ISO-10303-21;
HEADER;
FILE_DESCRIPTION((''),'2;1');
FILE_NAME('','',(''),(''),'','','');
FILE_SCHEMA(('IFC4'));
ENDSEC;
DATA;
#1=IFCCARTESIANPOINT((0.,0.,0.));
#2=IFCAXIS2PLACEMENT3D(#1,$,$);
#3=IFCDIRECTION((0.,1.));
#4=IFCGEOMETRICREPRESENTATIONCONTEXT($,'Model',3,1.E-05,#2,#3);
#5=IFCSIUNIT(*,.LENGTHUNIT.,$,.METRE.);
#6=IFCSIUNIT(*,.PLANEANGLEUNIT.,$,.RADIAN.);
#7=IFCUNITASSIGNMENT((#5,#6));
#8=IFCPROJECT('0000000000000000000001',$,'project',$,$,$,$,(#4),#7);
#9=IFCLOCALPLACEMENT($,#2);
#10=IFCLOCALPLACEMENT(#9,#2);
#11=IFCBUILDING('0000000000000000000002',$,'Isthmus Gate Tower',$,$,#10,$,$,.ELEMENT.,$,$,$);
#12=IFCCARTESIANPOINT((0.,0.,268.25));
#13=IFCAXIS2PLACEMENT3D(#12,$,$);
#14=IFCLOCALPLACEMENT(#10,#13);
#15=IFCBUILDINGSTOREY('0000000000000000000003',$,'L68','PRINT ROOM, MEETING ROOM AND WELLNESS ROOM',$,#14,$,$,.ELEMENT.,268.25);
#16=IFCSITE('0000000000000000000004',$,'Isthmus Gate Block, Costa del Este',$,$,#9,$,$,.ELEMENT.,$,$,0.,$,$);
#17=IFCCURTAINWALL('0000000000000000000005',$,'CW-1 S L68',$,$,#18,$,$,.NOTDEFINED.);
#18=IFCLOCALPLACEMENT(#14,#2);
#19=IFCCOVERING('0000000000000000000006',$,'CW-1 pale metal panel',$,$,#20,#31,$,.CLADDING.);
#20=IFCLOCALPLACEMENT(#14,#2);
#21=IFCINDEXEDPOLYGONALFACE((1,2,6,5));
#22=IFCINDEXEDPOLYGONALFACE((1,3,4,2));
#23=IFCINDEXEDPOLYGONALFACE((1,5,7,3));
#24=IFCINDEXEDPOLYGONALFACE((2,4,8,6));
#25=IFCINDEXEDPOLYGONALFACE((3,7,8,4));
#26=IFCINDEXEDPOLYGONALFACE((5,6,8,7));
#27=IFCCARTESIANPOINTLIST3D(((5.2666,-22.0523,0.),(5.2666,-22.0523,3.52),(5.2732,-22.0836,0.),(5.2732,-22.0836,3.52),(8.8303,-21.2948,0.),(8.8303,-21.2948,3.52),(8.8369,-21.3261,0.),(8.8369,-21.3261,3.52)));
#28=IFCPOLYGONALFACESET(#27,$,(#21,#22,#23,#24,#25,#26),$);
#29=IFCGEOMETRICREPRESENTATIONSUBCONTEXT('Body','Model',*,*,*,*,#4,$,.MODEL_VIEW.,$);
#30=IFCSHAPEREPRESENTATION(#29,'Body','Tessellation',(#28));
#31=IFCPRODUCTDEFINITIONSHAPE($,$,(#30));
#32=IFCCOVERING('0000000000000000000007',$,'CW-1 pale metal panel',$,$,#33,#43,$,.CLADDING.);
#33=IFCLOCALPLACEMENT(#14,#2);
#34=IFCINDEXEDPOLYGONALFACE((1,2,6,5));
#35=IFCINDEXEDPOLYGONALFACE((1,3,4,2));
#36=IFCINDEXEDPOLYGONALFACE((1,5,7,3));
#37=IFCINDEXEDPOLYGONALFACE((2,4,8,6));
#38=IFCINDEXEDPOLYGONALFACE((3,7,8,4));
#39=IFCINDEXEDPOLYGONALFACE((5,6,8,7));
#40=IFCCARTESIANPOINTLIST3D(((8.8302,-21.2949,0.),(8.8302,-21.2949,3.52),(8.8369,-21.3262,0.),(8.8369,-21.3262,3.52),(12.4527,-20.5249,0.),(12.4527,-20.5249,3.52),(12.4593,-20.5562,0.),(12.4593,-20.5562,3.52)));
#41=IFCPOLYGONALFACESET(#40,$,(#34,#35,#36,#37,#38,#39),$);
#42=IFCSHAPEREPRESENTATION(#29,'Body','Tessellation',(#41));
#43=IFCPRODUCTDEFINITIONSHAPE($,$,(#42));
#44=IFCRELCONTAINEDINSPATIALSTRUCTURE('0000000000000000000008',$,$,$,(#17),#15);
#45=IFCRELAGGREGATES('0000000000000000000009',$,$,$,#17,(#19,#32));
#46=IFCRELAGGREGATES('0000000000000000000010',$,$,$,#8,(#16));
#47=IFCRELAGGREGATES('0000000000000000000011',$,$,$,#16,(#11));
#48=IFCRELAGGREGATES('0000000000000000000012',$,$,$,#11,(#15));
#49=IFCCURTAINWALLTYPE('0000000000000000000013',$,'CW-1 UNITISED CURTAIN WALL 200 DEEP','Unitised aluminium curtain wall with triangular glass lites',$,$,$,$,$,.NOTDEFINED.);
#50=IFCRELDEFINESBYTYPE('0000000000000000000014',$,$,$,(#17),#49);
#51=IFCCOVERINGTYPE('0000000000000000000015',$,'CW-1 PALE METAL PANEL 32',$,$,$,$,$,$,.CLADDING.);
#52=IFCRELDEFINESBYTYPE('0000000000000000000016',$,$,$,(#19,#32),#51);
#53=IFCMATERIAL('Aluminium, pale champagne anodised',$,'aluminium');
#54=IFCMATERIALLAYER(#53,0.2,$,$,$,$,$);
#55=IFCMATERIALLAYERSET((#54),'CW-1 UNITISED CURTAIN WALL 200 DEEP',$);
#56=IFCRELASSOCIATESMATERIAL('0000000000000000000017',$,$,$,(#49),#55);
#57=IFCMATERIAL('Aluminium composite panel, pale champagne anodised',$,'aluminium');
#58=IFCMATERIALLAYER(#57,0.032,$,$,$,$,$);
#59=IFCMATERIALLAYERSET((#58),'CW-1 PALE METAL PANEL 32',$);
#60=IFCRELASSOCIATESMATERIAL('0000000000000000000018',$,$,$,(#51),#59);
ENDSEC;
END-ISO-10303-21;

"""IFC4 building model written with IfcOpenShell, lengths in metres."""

from ifc_helpers import new_model, si_unit, direction, frame, origin, origin_2d, place, context, subcontext, project, spatial, rectangle, extrude, material, layer, layer_set, type_object, element, aggregate, save


model = new_model("IFC4")

# Units and contexts
model_context = context("Model", 3, precision=1e-05, world=origin(), true_north=direction((0.0, 1.0)))
body_context = subcontext(model_context, "Body", "Model", "MODEL_VIEW")
ifc_project = project(units=[si_unit("LENGTHUNIT", "METRE"), si_unit("PLANEANGLEUNIT", "RADIAN")], contexts=[model_context])

# Site, building, storey
site_placement = place(None, origin())
site = spatial("IfcSite", under=ifc_project, at=site_placement, Name="Isthmus Gate Block, Costa del Este", CompositionType="ELEMENT", RefElevation=0.0)
building_placement = place(site_placement, origin())
building = spatial("IfcBuilding", under=site, at=building_placement, Name="Isthmus Gate Tower", CompositionType="ELEMENT")
storey_placement = place(building_placement, frame((0.0, 0.0, 268.25)))
storey = spatial("IfcBuildingStorey", under=building, at=storey_placement, Name="L68", Description="PRINT ROOM, MEETING ROOM AND WELLNESS ROOM", CompositionType="ELEMENT", Elevation=268.25)

# Curtain wall
ifc_material_1 = material(Name="Aluminium, pale champagne anodised", Category="aluminium")
ifc_layer_1 = layer(ifc_material_1, 0.2)
ifc_layer_set_1 = layer_set([ifc_layer_1], Name="CW-1 UNITISED CURTAIN WALL 200 DEEP")
curtain_wall_type = type_object("IfcCurtainWallType", Name="CW-1 UNITISED CURTAIN WALL 200 DEEP", Description="Unitised aluminium curtain wall with triangular glass lites", PredefinedType="NOTDEFINED", material=ifc_layer_set_1)
curtain_wall_placement = place(storey_placement, origin())
curtain_wall = element("IfcCurtainWall", 1, at=curtain_wall_placement, inside=storey, type_object=curtain_wall_type, Name="CW-1 S L68", PredefinedType="NOTDEFINED")

# Coverings
ifc_material_2 = material(Name="Aluminium composite panel, pale champagne anodised", Category="aluminium")
ifc_layer_2 = layer(ifc_material_2, 0.032)
ifc_layer_set_2 = layer_set([ifc_layer_2], Name="CW-1 PALE METAL PANEL 32")
covering_type = type_object("IfcCoveringType", Name="CW-1 PALE METAL PANEL 32", PredefinedType="CLADDING", material=ifc_layer_set_2)
covering_1_placement = place(storey_placement, frame((7.0518, -21.6892, 0.0), z_axis=(0.0, 0.0, 1.0), x_axis=(0.978148, 0.207912, 0.0)))
covering_1 = element("IfcCovering", 2, at=covering_1_placement, type_object=covering_type, Name="CW-1 pale metal panel", PredefinedType="CLADDING", context=body_context, shape_type="SweptSolid", body=[
    extrude(rectangle(XDim=3.6433, YDim=0.032, at=origin_2d()), origin(), (0.0, 0.0, 1.0), 3.52),
])
covering_2_placement = place(storey_placement, frame((10.6448, -20.9255, 0.0), z_axis=(0.0, 0.0, 1.0), x_axis=(0.978148, 0.207912, 0.0)))
covering_2 = element("IfcCovering", 3, at=covering_2_placement, type_object=covering_type, Name="CW-1 pale metal panel", PredefinedType="CLADDING", context=body_context, shape_type="SweptSolid", body=[
    extrude(rectangle(XDim=3.7034, YDim=0.032, at=origin_2d()), origin(), (0.0, 0.0, 1.0), 3.52),
])
aggregate(curtain_wall, [covering_1, covering_2])

save(model, "model.ifc")
